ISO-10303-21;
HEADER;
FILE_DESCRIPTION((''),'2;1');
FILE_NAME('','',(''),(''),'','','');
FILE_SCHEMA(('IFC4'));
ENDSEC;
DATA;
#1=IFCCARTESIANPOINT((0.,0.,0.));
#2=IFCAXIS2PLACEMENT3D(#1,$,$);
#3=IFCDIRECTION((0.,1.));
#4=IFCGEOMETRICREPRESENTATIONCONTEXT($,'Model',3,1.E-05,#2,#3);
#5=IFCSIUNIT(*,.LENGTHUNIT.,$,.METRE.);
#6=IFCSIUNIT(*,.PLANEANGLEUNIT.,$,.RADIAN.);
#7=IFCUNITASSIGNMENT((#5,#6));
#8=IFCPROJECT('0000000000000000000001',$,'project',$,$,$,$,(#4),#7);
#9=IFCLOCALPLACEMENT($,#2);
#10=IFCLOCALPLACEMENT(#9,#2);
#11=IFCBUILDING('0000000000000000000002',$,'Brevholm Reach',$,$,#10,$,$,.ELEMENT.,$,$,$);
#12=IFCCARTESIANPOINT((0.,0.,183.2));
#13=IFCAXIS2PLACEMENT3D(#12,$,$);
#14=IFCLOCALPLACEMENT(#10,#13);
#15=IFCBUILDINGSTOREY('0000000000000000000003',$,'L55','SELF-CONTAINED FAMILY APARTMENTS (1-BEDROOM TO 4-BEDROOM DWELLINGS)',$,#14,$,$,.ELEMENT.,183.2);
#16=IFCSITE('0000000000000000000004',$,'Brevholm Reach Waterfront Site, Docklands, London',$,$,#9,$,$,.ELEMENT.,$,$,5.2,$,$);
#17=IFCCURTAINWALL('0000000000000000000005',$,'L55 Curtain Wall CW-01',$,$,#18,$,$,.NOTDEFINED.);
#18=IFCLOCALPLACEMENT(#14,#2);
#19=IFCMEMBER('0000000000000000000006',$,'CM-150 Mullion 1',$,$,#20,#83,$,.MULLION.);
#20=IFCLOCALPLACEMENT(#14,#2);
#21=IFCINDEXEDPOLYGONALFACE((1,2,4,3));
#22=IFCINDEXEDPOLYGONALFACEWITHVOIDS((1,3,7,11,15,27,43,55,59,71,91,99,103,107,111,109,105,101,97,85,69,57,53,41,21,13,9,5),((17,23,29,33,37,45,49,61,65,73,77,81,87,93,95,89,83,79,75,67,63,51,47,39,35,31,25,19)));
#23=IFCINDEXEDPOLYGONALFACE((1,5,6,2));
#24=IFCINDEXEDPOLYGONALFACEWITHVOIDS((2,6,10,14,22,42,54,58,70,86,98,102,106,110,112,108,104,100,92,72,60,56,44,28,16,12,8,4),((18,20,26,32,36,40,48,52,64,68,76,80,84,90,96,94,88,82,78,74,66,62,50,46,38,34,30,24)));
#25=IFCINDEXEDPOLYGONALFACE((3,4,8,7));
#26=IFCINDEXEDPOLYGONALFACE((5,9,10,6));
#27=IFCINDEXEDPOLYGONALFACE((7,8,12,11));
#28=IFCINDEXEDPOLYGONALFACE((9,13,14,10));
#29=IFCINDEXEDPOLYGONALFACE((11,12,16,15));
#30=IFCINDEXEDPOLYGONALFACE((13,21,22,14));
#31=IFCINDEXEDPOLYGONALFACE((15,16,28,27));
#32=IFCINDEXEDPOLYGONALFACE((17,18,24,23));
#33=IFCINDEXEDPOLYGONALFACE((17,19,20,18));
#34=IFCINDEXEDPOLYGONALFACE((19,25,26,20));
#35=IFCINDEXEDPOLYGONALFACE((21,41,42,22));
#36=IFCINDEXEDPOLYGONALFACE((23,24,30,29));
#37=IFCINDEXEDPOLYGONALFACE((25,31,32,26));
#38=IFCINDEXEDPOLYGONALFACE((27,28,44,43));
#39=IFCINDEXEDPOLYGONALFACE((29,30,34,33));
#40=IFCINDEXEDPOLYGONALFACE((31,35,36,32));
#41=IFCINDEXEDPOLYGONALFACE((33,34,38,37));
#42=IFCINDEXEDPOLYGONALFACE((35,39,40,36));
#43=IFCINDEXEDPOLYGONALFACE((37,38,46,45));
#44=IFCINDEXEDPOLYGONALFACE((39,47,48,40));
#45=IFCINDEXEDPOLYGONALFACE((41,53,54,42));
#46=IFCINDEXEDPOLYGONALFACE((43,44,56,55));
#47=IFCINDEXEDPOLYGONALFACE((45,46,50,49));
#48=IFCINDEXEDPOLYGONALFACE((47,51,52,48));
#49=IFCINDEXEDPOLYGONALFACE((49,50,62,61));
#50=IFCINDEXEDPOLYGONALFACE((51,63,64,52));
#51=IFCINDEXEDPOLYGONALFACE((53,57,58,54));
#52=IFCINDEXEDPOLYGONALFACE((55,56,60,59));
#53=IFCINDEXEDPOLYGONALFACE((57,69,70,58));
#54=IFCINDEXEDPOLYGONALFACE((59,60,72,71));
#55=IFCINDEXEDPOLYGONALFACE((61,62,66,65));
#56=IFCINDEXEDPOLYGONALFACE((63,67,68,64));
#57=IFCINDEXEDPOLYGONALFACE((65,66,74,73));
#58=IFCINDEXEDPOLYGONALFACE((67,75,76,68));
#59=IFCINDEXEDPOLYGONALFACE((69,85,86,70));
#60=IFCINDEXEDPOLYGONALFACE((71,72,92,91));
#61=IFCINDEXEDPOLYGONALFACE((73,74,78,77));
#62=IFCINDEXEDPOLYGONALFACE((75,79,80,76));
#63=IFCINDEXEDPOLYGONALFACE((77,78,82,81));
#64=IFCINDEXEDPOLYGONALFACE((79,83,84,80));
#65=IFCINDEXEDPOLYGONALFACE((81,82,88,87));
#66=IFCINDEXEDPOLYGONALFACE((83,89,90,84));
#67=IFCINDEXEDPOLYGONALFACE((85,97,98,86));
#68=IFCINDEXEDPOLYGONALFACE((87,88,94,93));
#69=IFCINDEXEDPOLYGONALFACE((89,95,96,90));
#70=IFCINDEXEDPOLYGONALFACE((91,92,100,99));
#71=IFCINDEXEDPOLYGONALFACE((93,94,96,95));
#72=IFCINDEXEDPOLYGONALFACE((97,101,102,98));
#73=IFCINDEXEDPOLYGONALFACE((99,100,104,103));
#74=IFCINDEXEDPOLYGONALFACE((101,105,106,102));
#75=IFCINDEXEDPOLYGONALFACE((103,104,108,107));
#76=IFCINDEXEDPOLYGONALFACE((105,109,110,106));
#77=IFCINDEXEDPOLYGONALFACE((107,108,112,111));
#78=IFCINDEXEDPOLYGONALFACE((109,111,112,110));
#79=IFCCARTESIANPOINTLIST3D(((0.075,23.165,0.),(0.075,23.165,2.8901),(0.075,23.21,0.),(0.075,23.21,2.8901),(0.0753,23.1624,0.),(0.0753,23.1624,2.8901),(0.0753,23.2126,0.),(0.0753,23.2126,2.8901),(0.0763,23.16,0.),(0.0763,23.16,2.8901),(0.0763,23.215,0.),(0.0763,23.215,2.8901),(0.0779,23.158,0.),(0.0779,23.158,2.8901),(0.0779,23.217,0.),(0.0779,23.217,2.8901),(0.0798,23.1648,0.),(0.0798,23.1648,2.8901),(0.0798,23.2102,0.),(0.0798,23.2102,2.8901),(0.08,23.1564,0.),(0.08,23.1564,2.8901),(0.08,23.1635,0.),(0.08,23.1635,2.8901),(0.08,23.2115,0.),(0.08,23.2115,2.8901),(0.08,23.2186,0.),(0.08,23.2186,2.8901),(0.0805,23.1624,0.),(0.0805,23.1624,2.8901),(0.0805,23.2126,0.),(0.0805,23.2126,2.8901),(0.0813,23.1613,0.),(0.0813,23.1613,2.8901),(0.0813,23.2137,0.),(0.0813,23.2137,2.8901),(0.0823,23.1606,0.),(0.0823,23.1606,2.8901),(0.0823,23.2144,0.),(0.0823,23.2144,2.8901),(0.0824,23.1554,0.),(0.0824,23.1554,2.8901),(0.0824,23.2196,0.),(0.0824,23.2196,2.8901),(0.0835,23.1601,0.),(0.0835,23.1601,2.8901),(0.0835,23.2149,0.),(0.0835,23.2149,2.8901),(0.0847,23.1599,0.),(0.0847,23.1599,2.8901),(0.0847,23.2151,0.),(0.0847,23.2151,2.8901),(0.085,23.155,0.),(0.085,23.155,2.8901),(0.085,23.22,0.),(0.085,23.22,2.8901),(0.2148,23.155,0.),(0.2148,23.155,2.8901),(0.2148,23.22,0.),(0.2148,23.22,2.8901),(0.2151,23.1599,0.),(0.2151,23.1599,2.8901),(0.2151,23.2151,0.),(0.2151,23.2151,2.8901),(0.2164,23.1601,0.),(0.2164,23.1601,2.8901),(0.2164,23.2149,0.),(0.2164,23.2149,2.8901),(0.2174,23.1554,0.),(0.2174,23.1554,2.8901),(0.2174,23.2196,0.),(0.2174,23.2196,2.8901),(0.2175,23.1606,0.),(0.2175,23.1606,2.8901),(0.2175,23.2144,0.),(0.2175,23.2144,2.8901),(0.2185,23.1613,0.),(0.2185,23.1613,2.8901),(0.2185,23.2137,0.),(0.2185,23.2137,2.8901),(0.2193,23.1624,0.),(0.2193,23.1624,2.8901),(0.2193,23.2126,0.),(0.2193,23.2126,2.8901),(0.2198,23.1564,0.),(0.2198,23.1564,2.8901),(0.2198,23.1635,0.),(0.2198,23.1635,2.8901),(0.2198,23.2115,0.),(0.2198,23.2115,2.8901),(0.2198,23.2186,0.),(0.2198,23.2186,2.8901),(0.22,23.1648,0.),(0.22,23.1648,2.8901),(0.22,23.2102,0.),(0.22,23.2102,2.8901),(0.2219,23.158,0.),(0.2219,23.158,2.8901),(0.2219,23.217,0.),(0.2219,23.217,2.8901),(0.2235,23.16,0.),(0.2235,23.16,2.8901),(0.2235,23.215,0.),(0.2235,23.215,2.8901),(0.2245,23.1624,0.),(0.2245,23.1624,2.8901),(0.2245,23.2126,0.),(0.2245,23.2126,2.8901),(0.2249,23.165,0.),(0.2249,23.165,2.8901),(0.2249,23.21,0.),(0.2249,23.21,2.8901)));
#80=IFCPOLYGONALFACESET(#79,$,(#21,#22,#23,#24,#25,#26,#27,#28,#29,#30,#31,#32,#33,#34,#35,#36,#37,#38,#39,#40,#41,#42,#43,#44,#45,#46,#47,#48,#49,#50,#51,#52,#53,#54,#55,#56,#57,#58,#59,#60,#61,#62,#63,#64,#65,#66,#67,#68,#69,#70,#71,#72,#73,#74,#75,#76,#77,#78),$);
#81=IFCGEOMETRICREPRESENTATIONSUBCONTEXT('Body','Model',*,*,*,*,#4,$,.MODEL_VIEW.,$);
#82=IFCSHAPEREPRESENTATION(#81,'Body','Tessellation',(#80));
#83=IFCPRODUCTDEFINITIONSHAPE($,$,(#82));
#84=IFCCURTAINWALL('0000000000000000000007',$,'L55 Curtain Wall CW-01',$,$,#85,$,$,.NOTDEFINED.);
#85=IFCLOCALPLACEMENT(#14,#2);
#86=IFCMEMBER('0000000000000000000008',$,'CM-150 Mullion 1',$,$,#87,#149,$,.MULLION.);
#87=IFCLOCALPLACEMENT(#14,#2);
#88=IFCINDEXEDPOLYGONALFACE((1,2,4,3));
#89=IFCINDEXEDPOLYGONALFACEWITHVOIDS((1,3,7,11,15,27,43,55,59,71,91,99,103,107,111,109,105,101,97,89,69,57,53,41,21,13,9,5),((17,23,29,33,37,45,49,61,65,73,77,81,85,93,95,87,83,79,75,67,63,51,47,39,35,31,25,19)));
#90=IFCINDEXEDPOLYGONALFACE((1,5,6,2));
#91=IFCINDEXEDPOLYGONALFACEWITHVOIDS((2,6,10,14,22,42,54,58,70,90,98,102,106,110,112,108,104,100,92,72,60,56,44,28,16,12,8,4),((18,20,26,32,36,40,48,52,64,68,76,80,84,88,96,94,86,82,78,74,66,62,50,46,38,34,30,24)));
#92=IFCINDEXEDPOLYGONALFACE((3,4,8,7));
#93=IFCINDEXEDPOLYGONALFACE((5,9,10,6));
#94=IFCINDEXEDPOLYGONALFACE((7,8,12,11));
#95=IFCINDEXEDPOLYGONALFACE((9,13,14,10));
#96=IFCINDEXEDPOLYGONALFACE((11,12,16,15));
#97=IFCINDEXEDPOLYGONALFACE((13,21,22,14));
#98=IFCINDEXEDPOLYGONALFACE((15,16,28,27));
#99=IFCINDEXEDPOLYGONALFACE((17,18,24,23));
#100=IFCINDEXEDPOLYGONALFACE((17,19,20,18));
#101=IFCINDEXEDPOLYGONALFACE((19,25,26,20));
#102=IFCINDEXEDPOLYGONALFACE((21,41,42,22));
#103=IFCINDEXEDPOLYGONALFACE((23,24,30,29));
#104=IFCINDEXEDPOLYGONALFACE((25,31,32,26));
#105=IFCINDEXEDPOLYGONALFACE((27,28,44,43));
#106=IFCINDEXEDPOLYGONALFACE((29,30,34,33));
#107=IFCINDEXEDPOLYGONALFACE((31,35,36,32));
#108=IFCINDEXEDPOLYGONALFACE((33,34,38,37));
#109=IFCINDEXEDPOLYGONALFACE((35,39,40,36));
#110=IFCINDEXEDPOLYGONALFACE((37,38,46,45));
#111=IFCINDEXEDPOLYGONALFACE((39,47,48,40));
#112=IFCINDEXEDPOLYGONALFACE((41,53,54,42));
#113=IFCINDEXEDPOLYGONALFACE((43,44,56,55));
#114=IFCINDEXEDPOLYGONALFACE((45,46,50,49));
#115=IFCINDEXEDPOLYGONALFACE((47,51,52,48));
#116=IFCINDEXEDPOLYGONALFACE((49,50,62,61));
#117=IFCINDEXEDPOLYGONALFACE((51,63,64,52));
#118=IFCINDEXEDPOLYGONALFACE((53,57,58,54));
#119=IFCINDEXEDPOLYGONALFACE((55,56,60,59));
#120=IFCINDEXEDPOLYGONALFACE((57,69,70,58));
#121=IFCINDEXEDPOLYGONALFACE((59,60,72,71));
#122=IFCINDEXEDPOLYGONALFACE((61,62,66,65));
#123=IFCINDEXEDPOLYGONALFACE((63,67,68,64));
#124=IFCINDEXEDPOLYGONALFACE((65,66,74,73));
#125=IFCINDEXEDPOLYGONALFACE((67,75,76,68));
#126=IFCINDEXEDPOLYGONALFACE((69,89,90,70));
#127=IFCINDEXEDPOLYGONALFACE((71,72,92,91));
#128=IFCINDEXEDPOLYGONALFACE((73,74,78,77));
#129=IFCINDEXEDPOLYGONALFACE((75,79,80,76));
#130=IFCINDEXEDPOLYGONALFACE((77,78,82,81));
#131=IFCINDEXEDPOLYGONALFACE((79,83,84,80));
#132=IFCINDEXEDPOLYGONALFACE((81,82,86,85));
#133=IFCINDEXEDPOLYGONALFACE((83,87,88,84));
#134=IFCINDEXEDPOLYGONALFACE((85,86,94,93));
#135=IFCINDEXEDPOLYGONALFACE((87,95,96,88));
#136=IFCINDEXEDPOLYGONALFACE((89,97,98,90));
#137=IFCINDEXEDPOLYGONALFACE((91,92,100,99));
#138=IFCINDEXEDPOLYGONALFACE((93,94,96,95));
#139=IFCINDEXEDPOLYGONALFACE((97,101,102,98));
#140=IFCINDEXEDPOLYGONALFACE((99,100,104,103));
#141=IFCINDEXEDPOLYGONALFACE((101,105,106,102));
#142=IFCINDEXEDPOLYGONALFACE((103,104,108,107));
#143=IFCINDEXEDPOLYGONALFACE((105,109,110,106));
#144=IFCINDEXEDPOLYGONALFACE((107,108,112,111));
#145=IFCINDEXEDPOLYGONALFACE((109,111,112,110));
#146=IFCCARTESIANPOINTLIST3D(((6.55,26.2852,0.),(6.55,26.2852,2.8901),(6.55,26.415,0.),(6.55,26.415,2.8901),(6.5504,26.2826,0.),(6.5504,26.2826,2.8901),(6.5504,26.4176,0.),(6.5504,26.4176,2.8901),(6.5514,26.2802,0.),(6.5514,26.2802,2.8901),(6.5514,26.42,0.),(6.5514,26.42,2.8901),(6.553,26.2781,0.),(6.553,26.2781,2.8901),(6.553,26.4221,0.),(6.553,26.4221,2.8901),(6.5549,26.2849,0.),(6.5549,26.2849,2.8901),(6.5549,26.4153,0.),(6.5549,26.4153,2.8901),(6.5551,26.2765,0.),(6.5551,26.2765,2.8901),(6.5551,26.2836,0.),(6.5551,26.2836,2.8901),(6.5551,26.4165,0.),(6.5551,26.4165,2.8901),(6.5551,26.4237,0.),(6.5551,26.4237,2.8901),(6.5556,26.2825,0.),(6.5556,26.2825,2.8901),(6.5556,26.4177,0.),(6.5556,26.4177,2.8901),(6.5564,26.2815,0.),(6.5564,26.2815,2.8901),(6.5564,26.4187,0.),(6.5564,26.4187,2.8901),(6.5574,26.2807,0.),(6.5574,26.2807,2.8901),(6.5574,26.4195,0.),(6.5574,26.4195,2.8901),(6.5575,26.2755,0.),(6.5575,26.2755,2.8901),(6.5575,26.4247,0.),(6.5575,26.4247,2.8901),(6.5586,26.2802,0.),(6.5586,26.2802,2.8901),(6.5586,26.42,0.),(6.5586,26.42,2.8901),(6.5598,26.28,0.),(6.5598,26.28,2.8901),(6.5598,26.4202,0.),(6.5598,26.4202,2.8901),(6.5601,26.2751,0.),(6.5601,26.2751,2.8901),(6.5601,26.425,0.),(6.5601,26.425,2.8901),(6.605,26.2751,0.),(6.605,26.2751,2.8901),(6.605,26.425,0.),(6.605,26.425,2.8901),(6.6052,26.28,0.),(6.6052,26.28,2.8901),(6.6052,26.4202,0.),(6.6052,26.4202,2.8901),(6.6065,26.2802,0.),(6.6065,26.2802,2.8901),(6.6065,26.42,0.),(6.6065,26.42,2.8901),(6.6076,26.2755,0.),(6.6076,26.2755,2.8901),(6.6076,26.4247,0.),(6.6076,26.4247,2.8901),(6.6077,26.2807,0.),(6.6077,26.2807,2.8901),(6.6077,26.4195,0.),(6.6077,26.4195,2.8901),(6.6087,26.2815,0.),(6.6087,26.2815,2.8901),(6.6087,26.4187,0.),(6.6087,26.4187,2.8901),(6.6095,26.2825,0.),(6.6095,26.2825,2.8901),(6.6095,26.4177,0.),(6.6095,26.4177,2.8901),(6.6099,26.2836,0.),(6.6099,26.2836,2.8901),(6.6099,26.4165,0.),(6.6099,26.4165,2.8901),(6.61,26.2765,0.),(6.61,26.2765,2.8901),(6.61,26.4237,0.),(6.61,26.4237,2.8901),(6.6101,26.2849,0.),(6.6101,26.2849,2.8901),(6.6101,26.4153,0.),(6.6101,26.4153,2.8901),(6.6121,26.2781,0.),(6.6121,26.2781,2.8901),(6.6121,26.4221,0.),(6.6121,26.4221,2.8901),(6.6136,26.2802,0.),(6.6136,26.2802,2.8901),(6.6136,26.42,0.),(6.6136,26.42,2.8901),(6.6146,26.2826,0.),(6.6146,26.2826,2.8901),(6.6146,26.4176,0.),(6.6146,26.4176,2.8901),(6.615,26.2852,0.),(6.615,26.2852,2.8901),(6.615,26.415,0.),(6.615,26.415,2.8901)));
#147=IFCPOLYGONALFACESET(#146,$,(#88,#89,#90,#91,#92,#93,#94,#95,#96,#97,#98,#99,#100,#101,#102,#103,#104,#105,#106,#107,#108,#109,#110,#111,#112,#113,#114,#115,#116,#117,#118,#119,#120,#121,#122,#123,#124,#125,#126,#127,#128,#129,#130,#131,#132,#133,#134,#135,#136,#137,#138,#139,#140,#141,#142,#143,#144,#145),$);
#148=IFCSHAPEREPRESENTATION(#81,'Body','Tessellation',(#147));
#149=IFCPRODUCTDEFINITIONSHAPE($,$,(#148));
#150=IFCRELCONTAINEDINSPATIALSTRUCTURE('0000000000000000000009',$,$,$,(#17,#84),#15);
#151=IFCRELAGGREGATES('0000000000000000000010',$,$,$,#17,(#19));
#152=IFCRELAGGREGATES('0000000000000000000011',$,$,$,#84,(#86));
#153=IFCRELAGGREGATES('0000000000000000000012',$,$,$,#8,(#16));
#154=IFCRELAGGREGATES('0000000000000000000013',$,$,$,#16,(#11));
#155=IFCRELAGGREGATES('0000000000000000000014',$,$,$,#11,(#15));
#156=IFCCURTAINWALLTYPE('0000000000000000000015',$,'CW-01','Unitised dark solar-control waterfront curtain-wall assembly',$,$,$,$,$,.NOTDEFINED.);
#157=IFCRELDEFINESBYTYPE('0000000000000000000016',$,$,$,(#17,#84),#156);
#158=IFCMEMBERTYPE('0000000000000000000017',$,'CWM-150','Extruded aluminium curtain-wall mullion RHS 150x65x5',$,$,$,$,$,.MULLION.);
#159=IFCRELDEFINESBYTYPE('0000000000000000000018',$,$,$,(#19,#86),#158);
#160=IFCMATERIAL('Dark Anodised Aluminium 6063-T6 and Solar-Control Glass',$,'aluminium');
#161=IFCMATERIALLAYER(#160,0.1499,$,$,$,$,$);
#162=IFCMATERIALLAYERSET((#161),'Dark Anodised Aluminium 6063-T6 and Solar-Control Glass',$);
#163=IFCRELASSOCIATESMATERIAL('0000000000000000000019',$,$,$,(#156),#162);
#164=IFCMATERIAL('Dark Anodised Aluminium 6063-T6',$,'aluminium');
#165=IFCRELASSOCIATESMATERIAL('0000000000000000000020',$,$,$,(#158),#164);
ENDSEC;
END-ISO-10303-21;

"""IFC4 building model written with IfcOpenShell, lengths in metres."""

from ifc_helpers import new_model, si_unit, direction, frame, origin, origin_2d, place, context, subcontext, project, spatial, hollow_rectangle, extrude, material, layer, layer_set, material_profile, profile_set, type_object, element, aggregate, save


model = new_model("IFC4")

# Units and contexts
model_context = context("Model", 3, precision=1e-05, world=origin(), true_north=direction((0.0, 1.0)))
body_context = subcontext(model_context, "Body", "Model", "MODEL_VIEW")
ifc_project = project(units=[si_unit("LENGTHUNIT", "METRE"), si_unit("PLANEANGLEUNIT", "RADIAN")], contexts=[model_context])

# Site, building, storey
site_placement = place(None, origin())
site = spatial("IfcSite", under=ifc_project, at=site_placement, Name="Brevholm Reach Waterfront Site, Docklands, London", CompositionType="ELEMENT", RefElevation=5.2)
building_placement = place(site_placement, origin())
building = spatial("IfcBuilding", under=site, at=building_placement, Name="Brevholm Reach", CompositionType="ELEMENT")
storey_placement = place(building_placement, frame((0.0, 0.0, 183.2)))
storey = spatial("IfcBuildingStorey", under=building, at=storey_placement, Name="L55", Description="SELF-CONTAINED FAMILY APARTMENTS (1-BEDROOM TO 4-BEDROOM DWELLINGS)", CompositionType="ELEMENT", Elevation=183.2)

# Curtain wall, member
ifc_material_1 = material(Name="Dark Anodised Aluminium 6063-T6 and Solar-Control Glass", Category="aluminium")
ifc_layer_1 = layer(ifc_material_1, 0.1499)
ifc_layer_set_1 = layer_set([ifc_layer_1], Name="Dark Anodised Aluminium 6063-T6 and Solar-Control Glass")
curtain_wall_type = type_object("IfcCurtainWallType", Name="CW-01", Description="Unitised dark solar-control waterfront curtain-wall assembly", PredefinedType="NOTDEFINED", material=ifc_layer_set_1)
curtain_wall_1_placement = place(storey_placement, origin())
curtain_wall_1 = element("IfcCurtainWall", 1, at=curtain_wall_1_placement, inside=storey, type_object=curtain_wall_type, Name="L55 Curtain Wall CW-01", PredefinedType="NOTDEFINED")
ifc_material_2 = material(Name="Dark Anodised Aluminium 6063-T6", Category="aluminium")
ifc_material_profile_1 = material_profile(ifc_material_2, hollow_rectangle(XDim=0.0649, YDim=0.1499, WallThickness=0.0049, InnerFilletRadius=0.0049, OuterFilletRadius=0.01, at=origin_2d()), Name="RHS 150x65x5")
ifc_profile_set_1 = profile_set([ifc_material_profile_1], Name="Dark Anodised Aluminium 6063-T6")
member_type_1 = type_object("IfcMemberType", Name="CWM-150", Description="Extruded aluminium curtain-wall mullion RHS 150x65x5", PredefinedType="MULLION", material=ifc_profile_set_1)
member_1_placement = place(storey_placement, frame((0.1499, 23.1875, 0.0), z_axis=(0.0, 0.0, 1.0), x_axis=(0.0, -1.0, 0.0)))
member_1 = element("IfcMember", 2, at=member_1_placement, type_object=member_type_1, Name="CM-150 Mullion 1", PredefinedType="MULLION", context=body_context, shape_type="SweptSolid", body=[
    extrude(hollow_rectangle(XDim=0.0649, YDim=0.1499, WallThickness=0.0049, InnerFilletRadius=0.0049, OuterFilletRadius=0.01, at=origin_2d()), origin(), (0.0, 0.0, 1.0), 2.8901),
])

# Curtain wall, member
curtain_wall_2_placement = place(storey_placement, origin())
curtain_wall_2 = element("IfcCurtainWall", 3, at=curtain_wall_2_placement, inside=storey, type_object=curtain_wall_type, Name="L55 Curtain Wall CW-01", PredefinedType="NOTDEFINED")
member_2_placement = place(storey_placement, frame((6.5825, 26.3501, 0.0), z_axis=(0.0, 0.0, 1.0), x_axis=(1.0, 0.0, 0.0)))
member_2 = element("IfcMember", 4, at=member_2_placement, type_object=member_type_1, Name="CM-150 Mullion 1", PredefinedType="MULLION", context=body_context, shape_type="SweptSolid", body=[
    extrude(hollow_rectangle(XDim=0.0649, YDim=0.1499, WallThickness=0.0049, InnerFilletRadius=0.0049, OuterFilletRadius=0.01, at=origin_2d()), origin(), (0.0, 0.0, 1.0), 2.8901),
])

aggregate(curtain_wall_1, [member_1])
aggregate(curtain_wall_2, [member_2])

save(model, "model.ifc")
